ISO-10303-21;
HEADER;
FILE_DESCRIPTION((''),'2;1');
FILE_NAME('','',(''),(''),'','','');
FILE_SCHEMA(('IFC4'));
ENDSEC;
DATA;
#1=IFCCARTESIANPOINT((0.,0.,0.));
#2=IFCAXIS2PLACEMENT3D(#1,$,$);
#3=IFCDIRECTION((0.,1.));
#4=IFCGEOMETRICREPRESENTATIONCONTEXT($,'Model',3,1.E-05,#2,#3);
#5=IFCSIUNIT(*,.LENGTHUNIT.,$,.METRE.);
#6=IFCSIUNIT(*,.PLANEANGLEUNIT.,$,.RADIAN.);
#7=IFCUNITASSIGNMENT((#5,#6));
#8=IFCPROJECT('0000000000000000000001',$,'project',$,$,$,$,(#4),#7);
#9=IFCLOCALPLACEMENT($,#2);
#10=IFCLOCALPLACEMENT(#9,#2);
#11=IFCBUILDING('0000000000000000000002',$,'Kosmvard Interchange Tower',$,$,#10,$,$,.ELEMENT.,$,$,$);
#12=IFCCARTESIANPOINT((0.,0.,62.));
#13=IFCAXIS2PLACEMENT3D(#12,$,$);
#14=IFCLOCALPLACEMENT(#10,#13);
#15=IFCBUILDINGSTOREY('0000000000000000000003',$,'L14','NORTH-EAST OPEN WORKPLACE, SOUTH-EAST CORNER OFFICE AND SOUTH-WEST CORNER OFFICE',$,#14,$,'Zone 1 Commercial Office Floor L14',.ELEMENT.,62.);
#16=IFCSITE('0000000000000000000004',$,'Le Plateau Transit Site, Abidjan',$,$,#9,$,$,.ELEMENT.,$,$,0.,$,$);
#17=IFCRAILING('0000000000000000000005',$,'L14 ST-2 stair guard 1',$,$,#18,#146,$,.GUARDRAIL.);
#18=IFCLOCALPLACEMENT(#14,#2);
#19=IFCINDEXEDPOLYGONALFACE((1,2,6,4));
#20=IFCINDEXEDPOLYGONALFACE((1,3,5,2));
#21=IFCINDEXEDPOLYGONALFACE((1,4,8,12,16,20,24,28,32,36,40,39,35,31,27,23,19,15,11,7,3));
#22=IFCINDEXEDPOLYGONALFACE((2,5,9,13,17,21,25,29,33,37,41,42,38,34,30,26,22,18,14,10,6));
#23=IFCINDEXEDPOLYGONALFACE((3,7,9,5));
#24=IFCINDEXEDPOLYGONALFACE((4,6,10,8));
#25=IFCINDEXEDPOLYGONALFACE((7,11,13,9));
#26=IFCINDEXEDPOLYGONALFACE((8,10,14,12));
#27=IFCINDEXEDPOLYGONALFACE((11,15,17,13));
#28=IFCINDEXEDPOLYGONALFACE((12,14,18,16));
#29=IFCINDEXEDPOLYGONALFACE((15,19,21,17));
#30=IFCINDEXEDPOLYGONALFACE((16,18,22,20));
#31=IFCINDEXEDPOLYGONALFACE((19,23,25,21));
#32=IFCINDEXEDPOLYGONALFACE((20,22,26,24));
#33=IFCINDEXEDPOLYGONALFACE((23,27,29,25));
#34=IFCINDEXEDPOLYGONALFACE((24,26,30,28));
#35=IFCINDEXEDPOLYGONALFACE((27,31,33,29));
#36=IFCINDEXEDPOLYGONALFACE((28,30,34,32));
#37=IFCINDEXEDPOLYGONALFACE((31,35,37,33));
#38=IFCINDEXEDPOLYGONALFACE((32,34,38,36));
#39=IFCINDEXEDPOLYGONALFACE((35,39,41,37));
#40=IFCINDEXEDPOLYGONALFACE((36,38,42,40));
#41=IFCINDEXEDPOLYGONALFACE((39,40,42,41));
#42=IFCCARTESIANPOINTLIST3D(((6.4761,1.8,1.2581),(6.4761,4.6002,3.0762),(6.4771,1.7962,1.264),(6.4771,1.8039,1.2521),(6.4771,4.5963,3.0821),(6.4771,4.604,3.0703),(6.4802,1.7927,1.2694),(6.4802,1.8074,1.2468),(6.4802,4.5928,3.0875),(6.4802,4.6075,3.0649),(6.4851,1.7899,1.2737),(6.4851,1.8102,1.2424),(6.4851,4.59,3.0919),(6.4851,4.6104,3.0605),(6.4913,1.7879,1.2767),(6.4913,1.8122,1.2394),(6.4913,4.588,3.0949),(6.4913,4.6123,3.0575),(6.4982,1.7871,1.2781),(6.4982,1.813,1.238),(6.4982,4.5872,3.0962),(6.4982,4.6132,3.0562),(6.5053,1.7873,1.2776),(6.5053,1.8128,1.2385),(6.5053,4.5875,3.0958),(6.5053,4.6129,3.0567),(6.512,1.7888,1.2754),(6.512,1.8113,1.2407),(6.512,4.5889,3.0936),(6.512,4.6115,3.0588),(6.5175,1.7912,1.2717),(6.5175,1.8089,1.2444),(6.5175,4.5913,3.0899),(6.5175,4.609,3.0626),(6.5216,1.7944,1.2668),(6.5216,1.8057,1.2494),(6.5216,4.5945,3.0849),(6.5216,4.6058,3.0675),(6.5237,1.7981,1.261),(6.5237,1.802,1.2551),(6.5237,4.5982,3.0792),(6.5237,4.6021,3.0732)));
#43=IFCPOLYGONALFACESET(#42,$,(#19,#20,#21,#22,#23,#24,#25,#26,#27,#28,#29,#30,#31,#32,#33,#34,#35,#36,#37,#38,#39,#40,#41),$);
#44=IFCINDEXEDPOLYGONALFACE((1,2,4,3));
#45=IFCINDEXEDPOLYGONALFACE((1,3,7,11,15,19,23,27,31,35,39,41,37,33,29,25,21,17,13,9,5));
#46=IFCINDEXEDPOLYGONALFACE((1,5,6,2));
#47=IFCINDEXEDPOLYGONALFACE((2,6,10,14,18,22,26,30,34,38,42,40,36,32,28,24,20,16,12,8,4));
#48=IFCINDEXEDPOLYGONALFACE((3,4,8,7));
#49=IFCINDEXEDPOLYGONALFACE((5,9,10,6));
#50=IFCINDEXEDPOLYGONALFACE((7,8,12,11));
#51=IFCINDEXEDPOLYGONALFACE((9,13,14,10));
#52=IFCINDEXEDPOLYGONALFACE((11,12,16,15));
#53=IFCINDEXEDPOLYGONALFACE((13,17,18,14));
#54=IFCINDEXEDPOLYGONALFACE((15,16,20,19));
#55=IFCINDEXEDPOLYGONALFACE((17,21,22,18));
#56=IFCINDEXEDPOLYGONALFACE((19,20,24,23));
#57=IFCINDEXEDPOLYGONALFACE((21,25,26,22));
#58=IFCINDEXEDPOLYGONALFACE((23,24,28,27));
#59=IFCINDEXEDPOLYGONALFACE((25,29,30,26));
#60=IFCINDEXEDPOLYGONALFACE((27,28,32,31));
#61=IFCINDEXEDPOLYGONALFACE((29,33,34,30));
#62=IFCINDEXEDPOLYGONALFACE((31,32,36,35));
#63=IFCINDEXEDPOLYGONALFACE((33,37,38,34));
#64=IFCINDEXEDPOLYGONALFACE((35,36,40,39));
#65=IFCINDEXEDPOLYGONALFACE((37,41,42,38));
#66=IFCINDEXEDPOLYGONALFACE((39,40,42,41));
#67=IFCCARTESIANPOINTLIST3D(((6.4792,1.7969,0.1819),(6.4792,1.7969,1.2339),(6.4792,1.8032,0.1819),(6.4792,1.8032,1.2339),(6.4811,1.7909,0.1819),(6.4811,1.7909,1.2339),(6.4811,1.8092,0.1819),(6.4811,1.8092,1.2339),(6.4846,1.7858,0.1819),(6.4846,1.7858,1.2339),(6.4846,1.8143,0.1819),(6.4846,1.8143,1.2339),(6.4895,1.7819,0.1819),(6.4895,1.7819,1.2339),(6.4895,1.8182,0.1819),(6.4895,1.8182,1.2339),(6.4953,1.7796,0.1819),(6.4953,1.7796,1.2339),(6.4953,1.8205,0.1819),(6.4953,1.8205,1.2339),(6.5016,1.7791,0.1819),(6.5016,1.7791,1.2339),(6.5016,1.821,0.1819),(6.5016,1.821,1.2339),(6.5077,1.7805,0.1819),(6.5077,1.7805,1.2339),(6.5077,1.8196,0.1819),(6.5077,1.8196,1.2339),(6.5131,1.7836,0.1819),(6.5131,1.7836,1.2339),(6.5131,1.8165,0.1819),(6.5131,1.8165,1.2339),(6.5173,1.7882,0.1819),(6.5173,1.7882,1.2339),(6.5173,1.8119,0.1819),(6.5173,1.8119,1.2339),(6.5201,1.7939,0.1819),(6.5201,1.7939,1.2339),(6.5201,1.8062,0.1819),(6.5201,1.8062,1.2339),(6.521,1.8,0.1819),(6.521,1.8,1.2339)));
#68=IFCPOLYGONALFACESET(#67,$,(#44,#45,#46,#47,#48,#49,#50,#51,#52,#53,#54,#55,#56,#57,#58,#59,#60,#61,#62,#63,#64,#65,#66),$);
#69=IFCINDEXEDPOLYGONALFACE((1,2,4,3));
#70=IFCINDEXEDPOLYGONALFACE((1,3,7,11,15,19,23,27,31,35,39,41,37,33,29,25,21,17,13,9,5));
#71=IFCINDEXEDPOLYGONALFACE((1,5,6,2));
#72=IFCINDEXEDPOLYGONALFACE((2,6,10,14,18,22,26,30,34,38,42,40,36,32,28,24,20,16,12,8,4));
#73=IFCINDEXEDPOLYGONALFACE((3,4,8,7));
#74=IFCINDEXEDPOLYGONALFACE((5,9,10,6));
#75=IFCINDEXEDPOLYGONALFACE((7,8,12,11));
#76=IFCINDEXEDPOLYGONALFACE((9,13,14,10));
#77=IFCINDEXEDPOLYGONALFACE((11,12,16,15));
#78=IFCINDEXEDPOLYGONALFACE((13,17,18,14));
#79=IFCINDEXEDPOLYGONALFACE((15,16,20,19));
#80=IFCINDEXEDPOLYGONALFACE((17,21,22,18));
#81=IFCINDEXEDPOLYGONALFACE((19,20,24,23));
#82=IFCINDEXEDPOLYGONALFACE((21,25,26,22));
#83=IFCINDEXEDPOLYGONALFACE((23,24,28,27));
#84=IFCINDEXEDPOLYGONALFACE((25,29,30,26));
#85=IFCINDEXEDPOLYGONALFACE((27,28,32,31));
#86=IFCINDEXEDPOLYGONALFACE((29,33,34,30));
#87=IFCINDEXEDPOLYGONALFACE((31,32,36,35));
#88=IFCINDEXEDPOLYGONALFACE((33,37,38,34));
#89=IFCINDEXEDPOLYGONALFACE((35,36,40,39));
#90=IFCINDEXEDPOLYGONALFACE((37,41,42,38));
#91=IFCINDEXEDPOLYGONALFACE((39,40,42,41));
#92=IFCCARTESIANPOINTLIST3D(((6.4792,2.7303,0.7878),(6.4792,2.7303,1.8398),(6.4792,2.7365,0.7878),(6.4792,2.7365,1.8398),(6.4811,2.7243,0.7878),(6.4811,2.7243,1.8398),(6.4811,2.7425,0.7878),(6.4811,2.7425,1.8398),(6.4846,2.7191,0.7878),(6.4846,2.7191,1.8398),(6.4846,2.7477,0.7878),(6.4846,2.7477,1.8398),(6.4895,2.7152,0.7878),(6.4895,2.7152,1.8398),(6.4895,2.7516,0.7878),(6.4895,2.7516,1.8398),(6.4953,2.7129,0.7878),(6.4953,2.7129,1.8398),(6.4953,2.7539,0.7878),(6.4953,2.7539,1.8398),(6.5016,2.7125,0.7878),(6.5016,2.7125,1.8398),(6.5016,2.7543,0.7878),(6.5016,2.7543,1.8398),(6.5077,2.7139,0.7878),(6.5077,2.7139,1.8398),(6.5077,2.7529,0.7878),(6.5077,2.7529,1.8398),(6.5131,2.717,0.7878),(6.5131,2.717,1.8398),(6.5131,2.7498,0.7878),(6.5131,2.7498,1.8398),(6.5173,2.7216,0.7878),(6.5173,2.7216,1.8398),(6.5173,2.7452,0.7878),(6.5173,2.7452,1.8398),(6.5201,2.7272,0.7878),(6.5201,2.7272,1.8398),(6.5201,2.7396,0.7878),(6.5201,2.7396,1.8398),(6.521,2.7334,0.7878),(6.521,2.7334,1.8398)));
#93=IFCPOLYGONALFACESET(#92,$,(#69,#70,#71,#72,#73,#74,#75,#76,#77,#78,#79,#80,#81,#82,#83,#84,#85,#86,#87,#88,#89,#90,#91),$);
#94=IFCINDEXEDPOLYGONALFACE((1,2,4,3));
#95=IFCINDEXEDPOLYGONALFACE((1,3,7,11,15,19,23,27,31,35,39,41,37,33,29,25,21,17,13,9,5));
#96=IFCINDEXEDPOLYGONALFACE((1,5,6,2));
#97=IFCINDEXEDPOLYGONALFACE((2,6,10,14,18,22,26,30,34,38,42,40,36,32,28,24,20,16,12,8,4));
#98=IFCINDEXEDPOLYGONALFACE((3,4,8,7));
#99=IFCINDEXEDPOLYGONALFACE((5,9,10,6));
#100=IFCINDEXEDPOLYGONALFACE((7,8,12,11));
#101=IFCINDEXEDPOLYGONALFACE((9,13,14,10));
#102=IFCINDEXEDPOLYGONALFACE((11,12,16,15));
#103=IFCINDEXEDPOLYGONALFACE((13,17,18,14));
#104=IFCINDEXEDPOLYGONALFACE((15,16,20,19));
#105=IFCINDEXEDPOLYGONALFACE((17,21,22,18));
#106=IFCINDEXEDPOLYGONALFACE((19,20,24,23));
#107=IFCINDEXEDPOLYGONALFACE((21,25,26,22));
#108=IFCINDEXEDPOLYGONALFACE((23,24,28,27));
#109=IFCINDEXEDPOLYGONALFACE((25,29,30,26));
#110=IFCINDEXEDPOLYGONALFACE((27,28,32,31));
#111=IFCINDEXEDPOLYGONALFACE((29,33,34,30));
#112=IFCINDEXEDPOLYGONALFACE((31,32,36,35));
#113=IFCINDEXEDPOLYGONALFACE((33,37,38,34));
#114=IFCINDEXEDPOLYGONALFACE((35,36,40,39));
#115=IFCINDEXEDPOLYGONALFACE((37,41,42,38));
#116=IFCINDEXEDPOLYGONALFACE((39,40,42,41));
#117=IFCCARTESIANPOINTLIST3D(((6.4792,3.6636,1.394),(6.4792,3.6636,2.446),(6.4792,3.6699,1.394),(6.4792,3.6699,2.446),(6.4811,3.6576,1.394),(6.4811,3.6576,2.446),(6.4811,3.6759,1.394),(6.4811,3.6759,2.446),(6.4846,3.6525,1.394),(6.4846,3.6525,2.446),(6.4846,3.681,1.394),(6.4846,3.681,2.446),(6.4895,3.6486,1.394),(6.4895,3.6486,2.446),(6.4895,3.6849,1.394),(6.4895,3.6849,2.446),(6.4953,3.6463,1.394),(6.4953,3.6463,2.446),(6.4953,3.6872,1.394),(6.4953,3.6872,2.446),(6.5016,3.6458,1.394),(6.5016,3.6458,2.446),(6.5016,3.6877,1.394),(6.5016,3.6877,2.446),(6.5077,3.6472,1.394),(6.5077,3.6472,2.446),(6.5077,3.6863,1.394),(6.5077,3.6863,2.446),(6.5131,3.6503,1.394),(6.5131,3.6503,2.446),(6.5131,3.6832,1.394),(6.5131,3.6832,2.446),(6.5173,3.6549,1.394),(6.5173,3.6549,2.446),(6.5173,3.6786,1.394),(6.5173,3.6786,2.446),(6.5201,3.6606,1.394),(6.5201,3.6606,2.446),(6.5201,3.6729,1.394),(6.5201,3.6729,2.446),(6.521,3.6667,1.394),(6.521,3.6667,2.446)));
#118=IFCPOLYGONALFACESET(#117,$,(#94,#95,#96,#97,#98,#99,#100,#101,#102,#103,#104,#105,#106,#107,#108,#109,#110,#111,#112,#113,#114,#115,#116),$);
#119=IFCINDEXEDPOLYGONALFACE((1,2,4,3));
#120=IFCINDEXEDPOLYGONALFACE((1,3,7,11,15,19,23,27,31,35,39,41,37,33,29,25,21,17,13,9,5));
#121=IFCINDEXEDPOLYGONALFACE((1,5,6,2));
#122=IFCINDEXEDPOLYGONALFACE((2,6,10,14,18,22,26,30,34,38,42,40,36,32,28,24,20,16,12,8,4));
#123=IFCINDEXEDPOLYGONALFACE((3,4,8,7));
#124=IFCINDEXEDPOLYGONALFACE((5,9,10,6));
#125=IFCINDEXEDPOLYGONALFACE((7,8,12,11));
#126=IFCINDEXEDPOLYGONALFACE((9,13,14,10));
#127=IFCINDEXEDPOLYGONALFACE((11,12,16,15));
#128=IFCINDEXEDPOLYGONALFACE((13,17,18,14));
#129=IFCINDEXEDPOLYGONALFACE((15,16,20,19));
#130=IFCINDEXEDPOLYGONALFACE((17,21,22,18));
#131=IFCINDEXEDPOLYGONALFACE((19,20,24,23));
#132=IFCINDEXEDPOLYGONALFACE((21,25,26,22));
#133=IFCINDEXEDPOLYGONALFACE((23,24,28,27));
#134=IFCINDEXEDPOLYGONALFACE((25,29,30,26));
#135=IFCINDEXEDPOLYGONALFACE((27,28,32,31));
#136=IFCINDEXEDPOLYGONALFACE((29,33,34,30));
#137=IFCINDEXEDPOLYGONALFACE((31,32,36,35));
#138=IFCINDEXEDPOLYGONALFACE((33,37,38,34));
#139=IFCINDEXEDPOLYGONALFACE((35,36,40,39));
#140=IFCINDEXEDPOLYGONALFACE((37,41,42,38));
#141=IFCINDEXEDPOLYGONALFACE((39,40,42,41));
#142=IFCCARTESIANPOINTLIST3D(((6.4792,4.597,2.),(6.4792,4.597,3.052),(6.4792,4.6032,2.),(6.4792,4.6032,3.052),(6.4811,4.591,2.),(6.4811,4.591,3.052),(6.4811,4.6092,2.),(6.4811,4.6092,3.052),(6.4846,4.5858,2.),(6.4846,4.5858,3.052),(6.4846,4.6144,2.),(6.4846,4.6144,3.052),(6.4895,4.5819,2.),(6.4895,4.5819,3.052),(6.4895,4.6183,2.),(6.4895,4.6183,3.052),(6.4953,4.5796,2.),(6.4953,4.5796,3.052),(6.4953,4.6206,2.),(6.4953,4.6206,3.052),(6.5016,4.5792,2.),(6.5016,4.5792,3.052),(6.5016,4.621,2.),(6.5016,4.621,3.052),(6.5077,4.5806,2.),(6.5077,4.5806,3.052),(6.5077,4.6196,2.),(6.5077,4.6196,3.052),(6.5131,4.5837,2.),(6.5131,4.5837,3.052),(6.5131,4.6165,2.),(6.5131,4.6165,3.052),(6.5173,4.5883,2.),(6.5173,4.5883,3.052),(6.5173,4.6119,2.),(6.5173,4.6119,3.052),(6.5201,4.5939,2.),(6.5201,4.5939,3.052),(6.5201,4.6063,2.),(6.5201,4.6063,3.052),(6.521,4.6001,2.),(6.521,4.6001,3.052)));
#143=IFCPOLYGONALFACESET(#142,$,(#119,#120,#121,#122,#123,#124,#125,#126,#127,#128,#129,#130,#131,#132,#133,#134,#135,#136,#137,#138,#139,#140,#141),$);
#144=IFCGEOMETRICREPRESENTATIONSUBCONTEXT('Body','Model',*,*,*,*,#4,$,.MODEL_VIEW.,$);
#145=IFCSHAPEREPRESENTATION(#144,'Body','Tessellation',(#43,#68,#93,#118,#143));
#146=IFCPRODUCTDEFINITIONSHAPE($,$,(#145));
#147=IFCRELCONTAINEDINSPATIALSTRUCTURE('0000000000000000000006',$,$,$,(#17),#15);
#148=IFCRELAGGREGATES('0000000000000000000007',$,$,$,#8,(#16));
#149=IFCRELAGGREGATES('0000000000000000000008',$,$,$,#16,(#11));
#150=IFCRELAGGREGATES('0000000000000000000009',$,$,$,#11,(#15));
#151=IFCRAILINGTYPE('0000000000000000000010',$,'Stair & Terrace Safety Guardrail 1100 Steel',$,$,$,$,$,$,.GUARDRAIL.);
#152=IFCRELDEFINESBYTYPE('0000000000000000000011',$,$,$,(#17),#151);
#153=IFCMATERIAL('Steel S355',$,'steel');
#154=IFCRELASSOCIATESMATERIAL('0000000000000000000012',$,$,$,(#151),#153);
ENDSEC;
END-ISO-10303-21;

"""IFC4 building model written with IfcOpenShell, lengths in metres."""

from ifc_helpers import new_model, si_unit, direction, frame, origin, origin_2d, place, context, subcontext, project, spatial, circle, extrude, source, transform, mapped, material, type_object, element, save


model = new_model("IFC4")

# Units and contexts
model_context = context("Model", 3, precision=1e-05, world=origin(), true_north=direction((0.0, 1.0)))
body_context = subcontext(model_context, "Body", "Model", "MODEL_VIEW")
ifc_project = project(units=[si_unit("LENGTHUNIT", "METRE"), si_unit("PLANEANGLEUNIT", "RADIAN")], contexts=[model_context])

# Site, building, storey
site_placement = place(None, origin())
site = spatial("IfcSite", under=ifc_project, at=site_placement, Name="Le Plateau Transit Site, Abidjan", CompositionType="ELEMENT", RefElevation=0.0)
building_placement = place(site_placement, origin())
building = spatial("IfcBuilding", under=site, at=building_placement, Name="Kosmvard Interchange Tower", CompositionType="ELEMENT")
storey_placement = place(building_placement, frame((0.0, 0.0, 62.0)))
storey = spatial("IfcBuildingStorey", under=building, at=storey_placement, Name="L14", Description="NORTH-EAST OPEN WORKPLACE, SOUTH-EAST CORNER OFFICE AND SOUTH-WEST CORNER OFFICE", LongName="Zone 1 Commercial Office Floor L14", CompositionType="ELEMENT", Elevation=62.0)

# Shared definitions
ifc_material_1 = material(Name="Steel S355", Category="steel")

# Railing
railing_type_1 = type_object("IfcRailingType", Name="Stair & Terrace Safety Guardrail 1100 Steel", PredefinedType="GUARDRAIL", material=ifc_material_1)
shared_shape_1 = source(origin(), body_context, "Body", "SweptSolid", [
    extrude(circle(Radius=0.0239, at=origin_2d()), frame((0.0, 0.0, 1.0762), z_axis=(0.0, 0.838706, 0.544585), x_axis=(-1.0, 0.0, 0.0)), (0.0, 0.0, 1.0), 3.3386),
    extrude(circle(Radius=0.021, at=origin_2d()), origin(), (0.0, 0.0, 1.0), 1.052),
    extrude(circle(Radius=0.021, at=origin_2d()), frame((0.0, 0.9333, 0.606)), (0.0, 0.0, 1.0), 1.052),
    extrude(circle(Radius=0.021, at=origin_2d()), frame((0.0, 1.8667, 1.2122)), (0.0, 0.0, 1.0), 1.052),
    extrude(circle(Radius=0.021, at=origin_2d()), frame((0.0, 2.8, 1.8181)), (0.0, 0.0, 1.0), 1.052),
])
railing_1_placement = place(storey_placement, frame((6.5, 1.8, 0.1819)))
element("IfcRailing", 1, at=railing_1_placement, inside=storey, type_object=railing_type_1, Name="L14 ST-2 stair guard 1", PredefinedType="GUARDRAIL", context=body_context, shape_type="MappedRepresentation", body=[
    mapped(shared_shape_1, transform((0.0, 0.0, 0.0), scale=1.0)),
])

save(model, "model.ifc")
